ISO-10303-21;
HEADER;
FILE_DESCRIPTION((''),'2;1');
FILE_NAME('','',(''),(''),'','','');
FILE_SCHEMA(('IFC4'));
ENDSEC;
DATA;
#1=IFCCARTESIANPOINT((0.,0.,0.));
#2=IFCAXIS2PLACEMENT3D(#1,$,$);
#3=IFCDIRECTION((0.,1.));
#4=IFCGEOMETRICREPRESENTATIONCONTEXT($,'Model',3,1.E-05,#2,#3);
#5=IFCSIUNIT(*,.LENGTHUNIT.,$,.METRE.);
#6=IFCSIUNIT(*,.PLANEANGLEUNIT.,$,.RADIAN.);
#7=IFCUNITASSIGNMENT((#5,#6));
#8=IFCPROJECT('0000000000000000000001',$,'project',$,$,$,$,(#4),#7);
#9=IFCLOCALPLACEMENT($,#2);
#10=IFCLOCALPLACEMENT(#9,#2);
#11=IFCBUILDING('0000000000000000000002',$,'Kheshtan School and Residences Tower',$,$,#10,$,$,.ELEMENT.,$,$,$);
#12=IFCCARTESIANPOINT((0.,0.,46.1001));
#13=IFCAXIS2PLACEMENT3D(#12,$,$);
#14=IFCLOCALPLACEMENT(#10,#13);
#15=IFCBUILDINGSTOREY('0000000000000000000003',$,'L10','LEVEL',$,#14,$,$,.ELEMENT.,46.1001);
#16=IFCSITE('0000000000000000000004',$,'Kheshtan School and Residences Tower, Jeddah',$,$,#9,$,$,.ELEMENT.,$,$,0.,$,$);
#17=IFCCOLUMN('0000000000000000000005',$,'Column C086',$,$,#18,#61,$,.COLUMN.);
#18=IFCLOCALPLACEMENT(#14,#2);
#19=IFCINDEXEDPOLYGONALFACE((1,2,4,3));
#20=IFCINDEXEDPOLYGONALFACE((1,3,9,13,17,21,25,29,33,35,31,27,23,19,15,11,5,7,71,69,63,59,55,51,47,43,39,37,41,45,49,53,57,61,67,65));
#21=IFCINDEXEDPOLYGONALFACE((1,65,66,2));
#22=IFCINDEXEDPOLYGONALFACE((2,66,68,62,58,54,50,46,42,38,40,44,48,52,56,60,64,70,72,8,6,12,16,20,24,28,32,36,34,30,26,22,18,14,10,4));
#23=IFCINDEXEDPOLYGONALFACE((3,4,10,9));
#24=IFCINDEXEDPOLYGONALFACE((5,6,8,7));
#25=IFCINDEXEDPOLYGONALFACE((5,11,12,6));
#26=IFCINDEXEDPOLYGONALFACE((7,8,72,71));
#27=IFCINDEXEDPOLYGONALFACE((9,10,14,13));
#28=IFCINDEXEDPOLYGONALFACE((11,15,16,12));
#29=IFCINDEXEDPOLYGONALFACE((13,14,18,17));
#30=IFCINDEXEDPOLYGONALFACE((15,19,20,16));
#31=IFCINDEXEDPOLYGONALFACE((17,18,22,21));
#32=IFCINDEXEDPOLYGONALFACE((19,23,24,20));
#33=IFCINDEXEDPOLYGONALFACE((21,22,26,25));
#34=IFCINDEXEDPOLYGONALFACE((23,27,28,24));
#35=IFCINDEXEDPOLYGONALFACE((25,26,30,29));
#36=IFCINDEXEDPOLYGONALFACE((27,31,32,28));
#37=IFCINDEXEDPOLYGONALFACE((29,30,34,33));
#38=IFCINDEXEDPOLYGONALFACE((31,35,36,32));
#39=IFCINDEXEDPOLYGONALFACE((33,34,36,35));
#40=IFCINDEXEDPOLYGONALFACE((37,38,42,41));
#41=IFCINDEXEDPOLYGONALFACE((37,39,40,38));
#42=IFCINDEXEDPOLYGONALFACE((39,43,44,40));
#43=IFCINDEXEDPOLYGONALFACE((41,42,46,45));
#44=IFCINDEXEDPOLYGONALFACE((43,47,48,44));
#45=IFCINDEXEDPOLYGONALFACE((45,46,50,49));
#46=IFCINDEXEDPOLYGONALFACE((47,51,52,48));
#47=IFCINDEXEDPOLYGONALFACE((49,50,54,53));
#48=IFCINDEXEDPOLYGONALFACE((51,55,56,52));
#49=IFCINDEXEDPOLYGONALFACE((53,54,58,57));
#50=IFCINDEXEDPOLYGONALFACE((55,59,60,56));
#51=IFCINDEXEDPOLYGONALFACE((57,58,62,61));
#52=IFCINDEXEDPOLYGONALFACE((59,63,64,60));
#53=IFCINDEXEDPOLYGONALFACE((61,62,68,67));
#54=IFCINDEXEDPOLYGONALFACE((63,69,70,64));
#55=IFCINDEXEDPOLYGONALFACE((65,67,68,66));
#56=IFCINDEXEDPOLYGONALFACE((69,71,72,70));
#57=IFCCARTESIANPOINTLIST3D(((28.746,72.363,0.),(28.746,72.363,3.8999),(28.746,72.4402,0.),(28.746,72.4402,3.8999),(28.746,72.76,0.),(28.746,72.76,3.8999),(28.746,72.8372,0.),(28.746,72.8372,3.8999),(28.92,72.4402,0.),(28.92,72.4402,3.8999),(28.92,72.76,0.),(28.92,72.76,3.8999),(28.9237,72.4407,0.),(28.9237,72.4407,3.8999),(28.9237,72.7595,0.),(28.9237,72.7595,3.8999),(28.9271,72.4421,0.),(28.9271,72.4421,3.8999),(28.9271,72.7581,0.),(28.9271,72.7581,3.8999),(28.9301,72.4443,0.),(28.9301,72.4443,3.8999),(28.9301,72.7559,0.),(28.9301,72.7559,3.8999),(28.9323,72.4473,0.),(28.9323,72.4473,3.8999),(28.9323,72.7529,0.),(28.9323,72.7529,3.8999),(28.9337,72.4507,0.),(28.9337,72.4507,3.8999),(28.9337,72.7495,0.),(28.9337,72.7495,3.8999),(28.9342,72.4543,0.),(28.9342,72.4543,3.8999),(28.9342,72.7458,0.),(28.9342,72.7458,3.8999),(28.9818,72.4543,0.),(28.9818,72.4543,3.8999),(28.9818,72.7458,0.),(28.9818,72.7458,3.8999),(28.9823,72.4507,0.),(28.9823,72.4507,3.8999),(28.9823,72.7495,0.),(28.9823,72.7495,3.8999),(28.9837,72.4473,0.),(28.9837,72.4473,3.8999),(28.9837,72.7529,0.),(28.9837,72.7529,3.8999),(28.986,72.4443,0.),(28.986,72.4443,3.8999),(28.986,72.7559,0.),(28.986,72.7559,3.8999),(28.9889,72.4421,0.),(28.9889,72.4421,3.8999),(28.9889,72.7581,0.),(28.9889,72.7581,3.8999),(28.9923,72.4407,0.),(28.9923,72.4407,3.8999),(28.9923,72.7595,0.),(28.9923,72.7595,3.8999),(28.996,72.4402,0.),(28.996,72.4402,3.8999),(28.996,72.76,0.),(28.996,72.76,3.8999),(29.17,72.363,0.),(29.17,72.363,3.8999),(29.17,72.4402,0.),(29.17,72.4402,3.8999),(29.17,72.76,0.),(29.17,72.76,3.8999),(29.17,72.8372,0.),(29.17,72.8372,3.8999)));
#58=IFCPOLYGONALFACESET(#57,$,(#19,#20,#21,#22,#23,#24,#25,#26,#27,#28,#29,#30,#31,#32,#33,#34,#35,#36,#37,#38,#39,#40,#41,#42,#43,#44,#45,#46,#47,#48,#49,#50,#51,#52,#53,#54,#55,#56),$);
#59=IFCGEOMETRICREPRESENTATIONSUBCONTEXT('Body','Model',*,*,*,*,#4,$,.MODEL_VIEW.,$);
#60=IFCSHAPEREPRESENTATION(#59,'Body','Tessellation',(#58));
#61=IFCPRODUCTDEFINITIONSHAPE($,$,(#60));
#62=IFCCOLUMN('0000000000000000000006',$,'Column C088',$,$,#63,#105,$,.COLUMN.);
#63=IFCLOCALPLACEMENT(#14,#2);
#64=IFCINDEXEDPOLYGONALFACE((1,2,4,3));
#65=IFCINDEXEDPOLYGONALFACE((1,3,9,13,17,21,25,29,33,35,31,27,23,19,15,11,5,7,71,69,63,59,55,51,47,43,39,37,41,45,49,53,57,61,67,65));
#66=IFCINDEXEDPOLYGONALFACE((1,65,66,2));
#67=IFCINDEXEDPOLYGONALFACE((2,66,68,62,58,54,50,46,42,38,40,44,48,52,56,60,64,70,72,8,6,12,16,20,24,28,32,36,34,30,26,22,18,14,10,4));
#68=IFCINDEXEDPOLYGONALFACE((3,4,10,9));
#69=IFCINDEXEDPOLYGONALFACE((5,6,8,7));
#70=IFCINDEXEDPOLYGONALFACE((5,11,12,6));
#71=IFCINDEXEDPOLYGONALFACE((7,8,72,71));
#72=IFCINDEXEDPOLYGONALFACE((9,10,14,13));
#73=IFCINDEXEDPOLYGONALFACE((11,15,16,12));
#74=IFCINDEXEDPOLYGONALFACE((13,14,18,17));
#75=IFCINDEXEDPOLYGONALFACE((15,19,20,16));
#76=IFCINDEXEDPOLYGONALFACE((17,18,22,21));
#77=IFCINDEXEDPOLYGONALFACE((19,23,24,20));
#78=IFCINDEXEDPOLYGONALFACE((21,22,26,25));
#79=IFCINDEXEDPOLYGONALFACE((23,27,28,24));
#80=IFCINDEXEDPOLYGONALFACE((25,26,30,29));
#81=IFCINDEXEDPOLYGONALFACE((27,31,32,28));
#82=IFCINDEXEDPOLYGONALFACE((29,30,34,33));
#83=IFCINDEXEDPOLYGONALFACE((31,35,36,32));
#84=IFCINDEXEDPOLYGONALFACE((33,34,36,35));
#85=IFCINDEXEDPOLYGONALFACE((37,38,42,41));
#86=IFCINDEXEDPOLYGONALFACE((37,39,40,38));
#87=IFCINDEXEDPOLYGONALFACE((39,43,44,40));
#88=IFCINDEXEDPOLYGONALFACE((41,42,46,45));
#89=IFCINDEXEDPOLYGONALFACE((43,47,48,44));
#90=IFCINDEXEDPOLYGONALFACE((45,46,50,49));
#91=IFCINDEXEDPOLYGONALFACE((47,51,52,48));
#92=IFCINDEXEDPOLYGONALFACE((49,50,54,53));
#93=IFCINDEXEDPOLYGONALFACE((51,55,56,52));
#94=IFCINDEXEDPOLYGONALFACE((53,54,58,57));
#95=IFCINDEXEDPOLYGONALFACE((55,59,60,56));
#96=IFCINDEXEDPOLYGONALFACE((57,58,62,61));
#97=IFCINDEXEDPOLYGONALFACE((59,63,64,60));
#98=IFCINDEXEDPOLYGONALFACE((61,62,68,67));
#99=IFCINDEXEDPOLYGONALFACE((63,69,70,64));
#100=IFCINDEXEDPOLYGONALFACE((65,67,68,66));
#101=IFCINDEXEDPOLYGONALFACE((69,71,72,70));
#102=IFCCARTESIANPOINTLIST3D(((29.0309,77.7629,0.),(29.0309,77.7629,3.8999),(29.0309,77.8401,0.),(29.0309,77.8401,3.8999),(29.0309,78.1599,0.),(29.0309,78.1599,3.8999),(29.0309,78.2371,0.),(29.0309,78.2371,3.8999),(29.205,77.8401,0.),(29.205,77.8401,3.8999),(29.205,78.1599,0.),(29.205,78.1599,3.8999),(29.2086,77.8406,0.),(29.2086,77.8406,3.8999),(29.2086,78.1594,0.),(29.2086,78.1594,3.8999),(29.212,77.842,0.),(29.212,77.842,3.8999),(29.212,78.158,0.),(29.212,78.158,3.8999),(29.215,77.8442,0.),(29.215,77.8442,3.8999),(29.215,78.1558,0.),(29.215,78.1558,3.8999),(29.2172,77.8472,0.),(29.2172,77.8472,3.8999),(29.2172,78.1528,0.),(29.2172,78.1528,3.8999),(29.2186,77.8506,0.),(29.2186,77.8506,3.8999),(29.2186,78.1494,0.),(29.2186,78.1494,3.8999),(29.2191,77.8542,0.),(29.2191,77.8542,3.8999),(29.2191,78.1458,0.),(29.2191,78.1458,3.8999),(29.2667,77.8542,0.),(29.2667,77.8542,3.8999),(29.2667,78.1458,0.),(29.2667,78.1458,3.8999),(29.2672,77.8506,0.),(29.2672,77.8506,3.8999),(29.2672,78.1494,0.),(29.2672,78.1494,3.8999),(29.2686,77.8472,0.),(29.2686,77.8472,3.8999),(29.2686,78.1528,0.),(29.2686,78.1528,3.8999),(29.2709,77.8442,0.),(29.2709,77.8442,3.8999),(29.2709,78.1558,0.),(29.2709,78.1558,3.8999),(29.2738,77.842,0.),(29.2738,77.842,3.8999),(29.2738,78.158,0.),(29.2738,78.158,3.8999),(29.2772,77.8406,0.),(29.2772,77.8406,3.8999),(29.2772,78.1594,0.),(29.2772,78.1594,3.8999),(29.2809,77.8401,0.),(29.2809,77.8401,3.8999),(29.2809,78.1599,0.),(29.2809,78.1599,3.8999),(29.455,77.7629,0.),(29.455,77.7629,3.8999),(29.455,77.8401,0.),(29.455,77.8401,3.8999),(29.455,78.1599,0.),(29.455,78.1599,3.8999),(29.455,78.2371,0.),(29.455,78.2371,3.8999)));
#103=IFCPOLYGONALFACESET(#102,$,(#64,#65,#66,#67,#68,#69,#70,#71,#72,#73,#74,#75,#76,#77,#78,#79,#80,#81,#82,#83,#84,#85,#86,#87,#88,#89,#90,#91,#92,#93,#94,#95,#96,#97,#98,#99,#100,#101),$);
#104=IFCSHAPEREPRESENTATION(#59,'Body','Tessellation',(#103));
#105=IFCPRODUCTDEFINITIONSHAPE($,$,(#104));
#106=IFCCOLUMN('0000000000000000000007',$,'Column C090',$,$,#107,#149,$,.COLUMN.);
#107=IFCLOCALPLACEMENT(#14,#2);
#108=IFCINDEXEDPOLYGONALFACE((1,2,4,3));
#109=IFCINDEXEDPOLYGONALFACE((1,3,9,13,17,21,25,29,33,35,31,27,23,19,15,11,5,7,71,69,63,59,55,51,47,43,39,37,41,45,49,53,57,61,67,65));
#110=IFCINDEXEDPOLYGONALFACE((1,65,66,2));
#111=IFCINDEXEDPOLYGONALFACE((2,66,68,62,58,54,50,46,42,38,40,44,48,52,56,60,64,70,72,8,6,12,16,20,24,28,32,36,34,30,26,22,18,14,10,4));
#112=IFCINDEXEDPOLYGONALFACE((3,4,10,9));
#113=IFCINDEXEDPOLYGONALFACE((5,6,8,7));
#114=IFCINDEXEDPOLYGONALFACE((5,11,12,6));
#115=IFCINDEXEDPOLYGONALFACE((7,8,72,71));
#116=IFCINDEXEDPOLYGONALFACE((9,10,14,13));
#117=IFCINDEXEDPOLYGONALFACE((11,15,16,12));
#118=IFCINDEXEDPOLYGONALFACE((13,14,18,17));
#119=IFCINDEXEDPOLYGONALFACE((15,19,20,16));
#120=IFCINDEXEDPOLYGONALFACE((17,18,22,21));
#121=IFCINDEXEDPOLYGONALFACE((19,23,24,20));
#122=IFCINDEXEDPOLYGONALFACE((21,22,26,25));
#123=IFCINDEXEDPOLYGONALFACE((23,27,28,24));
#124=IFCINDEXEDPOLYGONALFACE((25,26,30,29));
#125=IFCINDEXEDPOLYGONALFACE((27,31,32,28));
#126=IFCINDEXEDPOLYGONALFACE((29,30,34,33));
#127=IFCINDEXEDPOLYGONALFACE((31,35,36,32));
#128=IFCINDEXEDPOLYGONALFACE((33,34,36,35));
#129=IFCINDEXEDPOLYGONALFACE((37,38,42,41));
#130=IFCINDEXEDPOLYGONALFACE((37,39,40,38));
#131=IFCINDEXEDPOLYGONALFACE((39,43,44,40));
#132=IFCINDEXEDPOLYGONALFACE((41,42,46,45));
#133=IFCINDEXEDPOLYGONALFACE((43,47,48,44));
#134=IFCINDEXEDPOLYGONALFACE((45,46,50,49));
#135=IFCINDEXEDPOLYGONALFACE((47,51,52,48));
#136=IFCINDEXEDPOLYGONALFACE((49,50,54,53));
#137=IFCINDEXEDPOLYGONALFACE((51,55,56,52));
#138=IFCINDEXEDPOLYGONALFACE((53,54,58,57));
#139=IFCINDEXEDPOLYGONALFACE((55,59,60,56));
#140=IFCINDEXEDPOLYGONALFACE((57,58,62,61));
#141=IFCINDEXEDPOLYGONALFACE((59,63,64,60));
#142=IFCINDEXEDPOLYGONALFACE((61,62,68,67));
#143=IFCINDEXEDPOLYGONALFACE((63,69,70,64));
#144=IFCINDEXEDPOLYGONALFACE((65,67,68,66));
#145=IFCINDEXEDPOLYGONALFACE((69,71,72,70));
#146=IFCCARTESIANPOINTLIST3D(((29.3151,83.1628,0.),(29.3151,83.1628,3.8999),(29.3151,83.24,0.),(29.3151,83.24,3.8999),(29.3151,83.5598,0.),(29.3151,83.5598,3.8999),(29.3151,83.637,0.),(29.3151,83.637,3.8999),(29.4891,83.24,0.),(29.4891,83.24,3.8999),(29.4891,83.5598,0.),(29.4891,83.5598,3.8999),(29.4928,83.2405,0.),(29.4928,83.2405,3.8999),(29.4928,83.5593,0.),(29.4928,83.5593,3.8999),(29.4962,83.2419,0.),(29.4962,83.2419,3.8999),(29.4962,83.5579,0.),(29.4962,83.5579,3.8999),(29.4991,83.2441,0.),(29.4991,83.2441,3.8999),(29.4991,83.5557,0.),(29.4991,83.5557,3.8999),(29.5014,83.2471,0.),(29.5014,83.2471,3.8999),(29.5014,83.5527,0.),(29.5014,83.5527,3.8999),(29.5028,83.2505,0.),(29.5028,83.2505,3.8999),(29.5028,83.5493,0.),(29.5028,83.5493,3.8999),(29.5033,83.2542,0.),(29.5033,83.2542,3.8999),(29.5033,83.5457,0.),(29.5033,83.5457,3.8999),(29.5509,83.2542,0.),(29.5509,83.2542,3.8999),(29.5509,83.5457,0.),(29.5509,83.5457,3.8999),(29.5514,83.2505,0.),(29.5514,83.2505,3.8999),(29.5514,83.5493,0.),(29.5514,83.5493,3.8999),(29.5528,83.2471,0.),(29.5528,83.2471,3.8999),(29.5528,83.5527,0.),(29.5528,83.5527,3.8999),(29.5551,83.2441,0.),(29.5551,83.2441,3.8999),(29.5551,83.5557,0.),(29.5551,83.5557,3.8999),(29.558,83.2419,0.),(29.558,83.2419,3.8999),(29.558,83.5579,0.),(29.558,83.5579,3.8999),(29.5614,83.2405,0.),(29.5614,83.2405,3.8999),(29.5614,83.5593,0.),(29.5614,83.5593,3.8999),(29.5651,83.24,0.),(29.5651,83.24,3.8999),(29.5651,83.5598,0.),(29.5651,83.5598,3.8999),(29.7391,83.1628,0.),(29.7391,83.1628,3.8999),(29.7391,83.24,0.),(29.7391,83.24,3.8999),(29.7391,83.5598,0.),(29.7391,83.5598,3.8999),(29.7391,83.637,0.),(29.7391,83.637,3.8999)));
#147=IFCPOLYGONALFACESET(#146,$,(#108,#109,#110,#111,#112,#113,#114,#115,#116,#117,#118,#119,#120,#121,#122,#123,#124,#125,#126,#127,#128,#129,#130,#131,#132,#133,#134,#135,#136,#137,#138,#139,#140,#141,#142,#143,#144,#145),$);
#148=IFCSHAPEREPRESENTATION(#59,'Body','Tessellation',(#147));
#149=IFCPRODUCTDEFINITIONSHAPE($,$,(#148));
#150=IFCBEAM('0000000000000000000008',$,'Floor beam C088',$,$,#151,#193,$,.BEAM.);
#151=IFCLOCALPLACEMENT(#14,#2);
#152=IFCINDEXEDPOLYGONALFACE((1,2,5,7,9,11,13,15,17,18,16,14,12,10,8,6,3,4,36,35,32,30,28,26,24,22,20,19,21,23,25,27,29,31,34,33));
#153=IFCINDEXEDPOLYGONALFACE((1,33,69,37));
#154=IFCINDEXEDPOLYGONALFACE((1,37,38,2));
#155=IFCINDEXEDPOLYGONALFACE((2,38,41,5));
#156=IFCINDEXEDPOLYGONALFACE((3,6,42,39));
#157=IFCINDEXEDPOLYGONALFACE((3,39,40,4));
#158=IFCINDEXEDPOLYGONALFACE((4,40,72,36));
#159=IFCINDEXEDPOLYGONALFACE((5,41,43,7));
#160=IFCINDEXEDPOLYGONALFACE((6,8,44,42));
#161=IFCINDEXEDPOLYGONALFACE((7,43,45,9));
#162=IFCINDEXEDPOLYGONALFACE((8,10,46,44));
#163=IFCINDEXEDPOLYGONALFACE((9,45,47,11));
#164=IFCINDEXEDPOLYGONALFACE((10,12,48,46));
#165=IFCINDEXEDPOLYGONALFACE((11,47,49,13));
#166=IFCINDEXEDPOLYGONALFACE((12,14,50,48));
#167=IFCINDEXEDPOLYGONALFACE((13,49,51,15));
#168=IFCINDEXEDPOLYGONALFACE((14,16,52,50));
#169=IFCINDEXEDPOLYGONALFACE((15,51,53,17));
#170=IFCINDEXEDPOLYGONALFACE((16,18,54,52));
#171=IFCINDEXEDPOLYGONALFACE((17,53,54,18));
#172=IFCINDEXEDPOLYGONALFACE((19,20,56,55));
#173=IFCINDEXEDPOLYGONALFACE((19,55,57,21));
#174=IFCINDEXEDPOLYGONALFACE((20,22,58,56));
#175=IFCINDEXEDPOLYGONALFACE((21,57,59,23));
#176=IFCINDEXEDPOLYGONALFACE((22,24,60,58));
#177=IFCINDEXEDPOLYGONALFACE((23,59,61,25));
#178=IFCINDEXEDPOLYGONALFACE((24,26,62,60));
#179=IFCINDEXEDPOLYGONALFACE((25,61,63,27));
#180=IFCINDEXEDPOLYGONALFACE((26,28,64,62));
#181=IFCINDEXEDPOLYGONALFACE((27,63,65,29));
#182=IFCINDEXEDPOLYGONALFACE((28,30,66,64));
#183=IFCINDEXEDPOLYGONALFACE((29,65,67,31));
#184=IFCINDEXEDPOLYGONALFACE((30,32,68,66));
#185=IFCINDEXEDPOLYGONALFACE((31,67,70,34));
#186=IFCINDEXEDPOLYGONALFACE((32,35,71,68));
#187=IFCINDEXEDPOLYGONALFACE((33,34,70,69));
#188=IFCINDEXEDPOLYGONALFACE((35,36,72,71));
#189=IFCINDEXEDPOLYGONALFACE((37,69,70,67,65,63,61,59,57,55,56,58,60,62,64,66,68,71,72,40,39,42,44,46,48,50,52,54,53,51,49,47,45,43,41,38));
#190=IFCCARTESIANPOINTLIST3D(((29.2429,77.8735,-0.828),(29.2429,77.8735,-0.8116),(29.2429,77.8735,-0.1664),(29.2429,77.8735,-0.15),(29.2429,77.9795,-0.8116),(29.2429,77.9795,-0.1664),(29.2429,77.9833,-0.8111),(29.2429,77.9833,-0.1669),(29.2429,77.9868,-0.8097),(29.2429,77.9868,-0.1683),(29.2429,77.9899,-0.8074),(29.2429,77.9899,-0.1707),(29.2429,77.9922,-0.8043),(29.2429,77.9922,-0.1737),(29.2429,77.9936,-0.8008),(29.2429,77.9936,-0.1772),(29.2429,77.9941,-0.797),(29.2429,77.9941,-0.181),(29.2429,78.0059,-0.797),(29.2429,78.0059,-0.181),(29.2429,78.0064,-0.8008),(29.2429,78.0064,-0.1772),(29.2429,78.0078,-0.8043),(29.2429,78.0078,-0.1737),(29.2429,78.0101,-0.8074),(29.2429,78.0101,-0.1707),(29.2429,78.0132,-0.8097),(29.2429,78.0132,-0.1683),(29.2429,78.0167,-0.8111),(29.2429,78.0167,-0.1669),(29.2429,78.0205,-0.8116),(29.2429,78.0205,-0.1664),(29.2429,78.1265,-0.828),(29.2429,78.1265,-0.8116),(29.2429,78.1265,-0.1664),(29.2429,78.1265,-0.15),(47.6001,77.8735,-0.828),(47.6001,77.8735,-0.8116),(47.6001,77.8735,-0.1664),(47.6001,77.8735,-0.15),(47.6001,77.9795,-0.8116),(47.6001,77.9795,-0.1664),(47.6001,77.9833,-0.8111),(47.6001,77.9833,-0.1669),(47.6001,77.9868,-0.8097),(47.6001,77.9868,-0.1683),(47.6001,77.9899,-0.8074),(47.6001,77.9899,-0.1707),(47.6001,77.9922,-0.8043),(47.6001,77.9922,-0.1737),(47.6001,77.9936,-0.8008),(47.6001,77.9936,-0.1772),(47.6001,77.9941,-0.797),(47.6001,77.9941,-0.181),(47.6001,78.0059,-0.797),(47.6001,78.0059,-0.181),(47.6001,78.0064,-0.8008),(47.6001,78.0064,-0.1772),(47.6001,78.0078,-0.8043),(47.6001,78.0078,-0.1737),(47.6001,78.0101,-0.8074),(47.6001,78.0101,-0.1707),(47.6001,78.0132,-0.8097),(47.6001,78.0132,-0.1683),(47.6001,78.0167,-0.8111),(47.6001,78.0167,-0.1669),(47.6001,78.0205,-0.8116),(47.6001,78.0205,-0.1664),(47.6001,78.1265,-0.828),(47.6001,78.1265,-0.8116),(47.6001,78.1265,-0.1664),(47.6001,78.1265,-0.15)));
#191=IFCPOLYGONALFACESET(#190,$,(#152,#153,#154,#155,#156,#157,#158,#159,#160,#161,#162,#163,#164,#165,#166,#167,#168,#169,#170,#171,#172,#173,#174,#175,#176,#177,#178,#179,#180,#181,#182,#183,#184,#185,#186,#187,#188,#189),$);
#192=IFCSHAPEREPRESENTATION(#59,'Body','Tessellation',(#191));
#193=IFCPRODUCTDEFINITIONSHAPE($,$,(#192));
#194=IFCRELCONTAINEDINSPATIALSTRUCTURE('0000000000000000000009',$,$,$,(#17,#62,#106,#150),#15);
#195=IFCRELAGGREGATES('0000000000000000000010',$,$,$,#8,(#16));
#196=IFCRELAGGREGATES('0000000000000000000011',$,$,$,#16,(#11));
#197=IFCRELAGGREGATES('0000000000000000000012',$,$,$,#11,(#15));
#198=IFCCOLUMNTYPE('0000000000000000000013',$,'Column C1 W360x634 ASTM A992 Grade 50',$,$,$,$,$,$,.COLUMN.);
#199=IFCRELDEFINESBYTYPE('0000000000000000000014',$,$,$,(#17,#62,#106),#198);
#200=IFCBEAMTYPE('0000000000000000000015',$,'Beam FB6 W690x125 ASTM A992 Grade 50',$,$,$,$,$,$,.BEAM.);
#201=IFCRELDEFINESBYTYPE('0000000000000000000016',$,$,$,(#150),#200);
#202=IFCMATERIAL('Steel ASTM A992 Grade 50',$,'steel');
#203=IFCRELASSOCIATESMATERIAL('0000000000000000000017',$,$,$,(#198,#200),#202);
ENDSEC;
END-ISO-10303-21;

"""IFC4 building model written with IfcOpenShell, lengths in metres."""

from ifc_helpers import new_model, si_unit, direction, frame, origin, origin_2d, place, context, subcontext, project, spatial, i_section, extrude, material, material_profile, profile_set, type_object, element, save


model = new_model("IFC4")

# Units and contexts
model_context = context("Model", 3, precision=1e-05, world=origin(), true_north=direction((0.0, 1.0)))
body_context = subcontext(model_context, "Body", "Model", "MODEL_VIEW")
ifc_project = project(units=[si_unit("LENGTHUNIT", "METRE"), si_unit("PLANEANGLEUNIT", "RADIAN")], contexts=[model_context])

# Site, building, storey
site_placement = place(None, origin())
site = spatial("IfcSite", under=ifc_project, at=site_placement, Name="Kheshtan School and Residences Tower, Jeddah", CompositionType="ELEMENT", RefElevation=0.0)
building_placement = place(site_placement, origin())
building = spatial("IfcBuilding", under=site, at=building_placement, Name="Kheshtan School and Residences Tower", CompositionType="ELEMENT")
storey_placement = place(building_placement, frame((0.0, 0.0, 46.1001)))
storey = spatial("IfcBuildingStorey", under=building, at=storey_placement, Name="L10", Description="LEVEL", CompositionType="ELEMENT", Elevation=46.1001)

# Columns
ifc_material_1 = material(Name="Steel ASTM A992 Grade 50", Category="steel")
ifc_material_profile_1 = material_profile(ifc_material_1, i_section(OverallWidth=0.4241, OverallDepth=0.4741, WebThickness=0.0476, FlangeThickness=0.0771, FilletRadius=0.0142, at=origin_2d()), Name="W360x634")
ifc_profile_set_1 = profile_set([ifc_material_profile_1], Name="Steel ASTM A992 Grade 50")
column_type = type_object("IfcColumnType", Name="Column C1 W360x634 ASTM A992 Grade 50", PredefinedType="COLUMN", material=ifc_profile_set_1)
for number, where, z_axis, x_axis, name in (
    (1, (28.958, 72.6001, 0.0), (0.0, 0.0, 1.0), (1.0, 0.0, 0.0), "Column C086"),
    (2, (29.2429, 78.0, 0.0), (0.0, 0.0, 1.0), (1.0, 0.0, 0.0), "Column C088"),
    (3, (29.5271, 83.3999, 0.0), (0.0, 0.0, 1.0), (1.0, 0.0, 0.0), "Column C090"),
):
    element("IfcColumn", number, at=place(storey_placement, frame(where, z_axis=z_axis, x_axis=x_axis)), inside=storey, type_object=column_type, Name=name, PredefinedType="COLUMN", context=body_context, shape_type="SweptSolid", body=[
        extrude(i_section(OverallWidth=0.4241, OverallDepth=0.4741, WebThickness=0.0476, FlangeThickness=0.0771, FilletRadius=0.0142, at=origin_2d()), origin(), (0.0, 0.0, 1.0), 3.8999),
    ])

# Beam
ifc_material_profile_2 = material_profile(ifc_material_1, i_section(OverallWidth=0.2529, OverallDepth=0.678, WebThickness=0.0117, FlangeThickness=0.0164, FilletRadius=0.0146, at=origin_2d()), Name="W690x125")
ifc_profile_set_2 = profile_set([ifc_material_profile_2], Name="Steel ASTM A992 Grade 50")
beam_type_1 = type_object("IfcBeamType", Name="Beam FB6 W690x125 ASTM A992 Grade 50", PredefinedType="BEAM", material=ifc_profile_set_2)
beam_1_placement = place(storey_placement, frame((29.2429, 78.0, -0.489), z_axis=(1.0, 0.0, 0.0), x_axis=(0.0, 1.0, 0.0)))
element("IfcBeam", 4, at=beam_1_placement, inside=storey, type_object=beam_type_1, Name="Floor beam C088", PredefinedType="BEAM", context=body_context, shape_type="SweptSolid", body=[
    extrude(i_section(OverallWidth=0.2529, OverallDepth=0.678, WebThickness=0.0117, FlangeThickness=0.0164, FilletRadius=0.0146, at=origin_2d()), origin(), (0.0, 0.0, 1.0), 18.3572),
])

save(model, "model.ifc")
